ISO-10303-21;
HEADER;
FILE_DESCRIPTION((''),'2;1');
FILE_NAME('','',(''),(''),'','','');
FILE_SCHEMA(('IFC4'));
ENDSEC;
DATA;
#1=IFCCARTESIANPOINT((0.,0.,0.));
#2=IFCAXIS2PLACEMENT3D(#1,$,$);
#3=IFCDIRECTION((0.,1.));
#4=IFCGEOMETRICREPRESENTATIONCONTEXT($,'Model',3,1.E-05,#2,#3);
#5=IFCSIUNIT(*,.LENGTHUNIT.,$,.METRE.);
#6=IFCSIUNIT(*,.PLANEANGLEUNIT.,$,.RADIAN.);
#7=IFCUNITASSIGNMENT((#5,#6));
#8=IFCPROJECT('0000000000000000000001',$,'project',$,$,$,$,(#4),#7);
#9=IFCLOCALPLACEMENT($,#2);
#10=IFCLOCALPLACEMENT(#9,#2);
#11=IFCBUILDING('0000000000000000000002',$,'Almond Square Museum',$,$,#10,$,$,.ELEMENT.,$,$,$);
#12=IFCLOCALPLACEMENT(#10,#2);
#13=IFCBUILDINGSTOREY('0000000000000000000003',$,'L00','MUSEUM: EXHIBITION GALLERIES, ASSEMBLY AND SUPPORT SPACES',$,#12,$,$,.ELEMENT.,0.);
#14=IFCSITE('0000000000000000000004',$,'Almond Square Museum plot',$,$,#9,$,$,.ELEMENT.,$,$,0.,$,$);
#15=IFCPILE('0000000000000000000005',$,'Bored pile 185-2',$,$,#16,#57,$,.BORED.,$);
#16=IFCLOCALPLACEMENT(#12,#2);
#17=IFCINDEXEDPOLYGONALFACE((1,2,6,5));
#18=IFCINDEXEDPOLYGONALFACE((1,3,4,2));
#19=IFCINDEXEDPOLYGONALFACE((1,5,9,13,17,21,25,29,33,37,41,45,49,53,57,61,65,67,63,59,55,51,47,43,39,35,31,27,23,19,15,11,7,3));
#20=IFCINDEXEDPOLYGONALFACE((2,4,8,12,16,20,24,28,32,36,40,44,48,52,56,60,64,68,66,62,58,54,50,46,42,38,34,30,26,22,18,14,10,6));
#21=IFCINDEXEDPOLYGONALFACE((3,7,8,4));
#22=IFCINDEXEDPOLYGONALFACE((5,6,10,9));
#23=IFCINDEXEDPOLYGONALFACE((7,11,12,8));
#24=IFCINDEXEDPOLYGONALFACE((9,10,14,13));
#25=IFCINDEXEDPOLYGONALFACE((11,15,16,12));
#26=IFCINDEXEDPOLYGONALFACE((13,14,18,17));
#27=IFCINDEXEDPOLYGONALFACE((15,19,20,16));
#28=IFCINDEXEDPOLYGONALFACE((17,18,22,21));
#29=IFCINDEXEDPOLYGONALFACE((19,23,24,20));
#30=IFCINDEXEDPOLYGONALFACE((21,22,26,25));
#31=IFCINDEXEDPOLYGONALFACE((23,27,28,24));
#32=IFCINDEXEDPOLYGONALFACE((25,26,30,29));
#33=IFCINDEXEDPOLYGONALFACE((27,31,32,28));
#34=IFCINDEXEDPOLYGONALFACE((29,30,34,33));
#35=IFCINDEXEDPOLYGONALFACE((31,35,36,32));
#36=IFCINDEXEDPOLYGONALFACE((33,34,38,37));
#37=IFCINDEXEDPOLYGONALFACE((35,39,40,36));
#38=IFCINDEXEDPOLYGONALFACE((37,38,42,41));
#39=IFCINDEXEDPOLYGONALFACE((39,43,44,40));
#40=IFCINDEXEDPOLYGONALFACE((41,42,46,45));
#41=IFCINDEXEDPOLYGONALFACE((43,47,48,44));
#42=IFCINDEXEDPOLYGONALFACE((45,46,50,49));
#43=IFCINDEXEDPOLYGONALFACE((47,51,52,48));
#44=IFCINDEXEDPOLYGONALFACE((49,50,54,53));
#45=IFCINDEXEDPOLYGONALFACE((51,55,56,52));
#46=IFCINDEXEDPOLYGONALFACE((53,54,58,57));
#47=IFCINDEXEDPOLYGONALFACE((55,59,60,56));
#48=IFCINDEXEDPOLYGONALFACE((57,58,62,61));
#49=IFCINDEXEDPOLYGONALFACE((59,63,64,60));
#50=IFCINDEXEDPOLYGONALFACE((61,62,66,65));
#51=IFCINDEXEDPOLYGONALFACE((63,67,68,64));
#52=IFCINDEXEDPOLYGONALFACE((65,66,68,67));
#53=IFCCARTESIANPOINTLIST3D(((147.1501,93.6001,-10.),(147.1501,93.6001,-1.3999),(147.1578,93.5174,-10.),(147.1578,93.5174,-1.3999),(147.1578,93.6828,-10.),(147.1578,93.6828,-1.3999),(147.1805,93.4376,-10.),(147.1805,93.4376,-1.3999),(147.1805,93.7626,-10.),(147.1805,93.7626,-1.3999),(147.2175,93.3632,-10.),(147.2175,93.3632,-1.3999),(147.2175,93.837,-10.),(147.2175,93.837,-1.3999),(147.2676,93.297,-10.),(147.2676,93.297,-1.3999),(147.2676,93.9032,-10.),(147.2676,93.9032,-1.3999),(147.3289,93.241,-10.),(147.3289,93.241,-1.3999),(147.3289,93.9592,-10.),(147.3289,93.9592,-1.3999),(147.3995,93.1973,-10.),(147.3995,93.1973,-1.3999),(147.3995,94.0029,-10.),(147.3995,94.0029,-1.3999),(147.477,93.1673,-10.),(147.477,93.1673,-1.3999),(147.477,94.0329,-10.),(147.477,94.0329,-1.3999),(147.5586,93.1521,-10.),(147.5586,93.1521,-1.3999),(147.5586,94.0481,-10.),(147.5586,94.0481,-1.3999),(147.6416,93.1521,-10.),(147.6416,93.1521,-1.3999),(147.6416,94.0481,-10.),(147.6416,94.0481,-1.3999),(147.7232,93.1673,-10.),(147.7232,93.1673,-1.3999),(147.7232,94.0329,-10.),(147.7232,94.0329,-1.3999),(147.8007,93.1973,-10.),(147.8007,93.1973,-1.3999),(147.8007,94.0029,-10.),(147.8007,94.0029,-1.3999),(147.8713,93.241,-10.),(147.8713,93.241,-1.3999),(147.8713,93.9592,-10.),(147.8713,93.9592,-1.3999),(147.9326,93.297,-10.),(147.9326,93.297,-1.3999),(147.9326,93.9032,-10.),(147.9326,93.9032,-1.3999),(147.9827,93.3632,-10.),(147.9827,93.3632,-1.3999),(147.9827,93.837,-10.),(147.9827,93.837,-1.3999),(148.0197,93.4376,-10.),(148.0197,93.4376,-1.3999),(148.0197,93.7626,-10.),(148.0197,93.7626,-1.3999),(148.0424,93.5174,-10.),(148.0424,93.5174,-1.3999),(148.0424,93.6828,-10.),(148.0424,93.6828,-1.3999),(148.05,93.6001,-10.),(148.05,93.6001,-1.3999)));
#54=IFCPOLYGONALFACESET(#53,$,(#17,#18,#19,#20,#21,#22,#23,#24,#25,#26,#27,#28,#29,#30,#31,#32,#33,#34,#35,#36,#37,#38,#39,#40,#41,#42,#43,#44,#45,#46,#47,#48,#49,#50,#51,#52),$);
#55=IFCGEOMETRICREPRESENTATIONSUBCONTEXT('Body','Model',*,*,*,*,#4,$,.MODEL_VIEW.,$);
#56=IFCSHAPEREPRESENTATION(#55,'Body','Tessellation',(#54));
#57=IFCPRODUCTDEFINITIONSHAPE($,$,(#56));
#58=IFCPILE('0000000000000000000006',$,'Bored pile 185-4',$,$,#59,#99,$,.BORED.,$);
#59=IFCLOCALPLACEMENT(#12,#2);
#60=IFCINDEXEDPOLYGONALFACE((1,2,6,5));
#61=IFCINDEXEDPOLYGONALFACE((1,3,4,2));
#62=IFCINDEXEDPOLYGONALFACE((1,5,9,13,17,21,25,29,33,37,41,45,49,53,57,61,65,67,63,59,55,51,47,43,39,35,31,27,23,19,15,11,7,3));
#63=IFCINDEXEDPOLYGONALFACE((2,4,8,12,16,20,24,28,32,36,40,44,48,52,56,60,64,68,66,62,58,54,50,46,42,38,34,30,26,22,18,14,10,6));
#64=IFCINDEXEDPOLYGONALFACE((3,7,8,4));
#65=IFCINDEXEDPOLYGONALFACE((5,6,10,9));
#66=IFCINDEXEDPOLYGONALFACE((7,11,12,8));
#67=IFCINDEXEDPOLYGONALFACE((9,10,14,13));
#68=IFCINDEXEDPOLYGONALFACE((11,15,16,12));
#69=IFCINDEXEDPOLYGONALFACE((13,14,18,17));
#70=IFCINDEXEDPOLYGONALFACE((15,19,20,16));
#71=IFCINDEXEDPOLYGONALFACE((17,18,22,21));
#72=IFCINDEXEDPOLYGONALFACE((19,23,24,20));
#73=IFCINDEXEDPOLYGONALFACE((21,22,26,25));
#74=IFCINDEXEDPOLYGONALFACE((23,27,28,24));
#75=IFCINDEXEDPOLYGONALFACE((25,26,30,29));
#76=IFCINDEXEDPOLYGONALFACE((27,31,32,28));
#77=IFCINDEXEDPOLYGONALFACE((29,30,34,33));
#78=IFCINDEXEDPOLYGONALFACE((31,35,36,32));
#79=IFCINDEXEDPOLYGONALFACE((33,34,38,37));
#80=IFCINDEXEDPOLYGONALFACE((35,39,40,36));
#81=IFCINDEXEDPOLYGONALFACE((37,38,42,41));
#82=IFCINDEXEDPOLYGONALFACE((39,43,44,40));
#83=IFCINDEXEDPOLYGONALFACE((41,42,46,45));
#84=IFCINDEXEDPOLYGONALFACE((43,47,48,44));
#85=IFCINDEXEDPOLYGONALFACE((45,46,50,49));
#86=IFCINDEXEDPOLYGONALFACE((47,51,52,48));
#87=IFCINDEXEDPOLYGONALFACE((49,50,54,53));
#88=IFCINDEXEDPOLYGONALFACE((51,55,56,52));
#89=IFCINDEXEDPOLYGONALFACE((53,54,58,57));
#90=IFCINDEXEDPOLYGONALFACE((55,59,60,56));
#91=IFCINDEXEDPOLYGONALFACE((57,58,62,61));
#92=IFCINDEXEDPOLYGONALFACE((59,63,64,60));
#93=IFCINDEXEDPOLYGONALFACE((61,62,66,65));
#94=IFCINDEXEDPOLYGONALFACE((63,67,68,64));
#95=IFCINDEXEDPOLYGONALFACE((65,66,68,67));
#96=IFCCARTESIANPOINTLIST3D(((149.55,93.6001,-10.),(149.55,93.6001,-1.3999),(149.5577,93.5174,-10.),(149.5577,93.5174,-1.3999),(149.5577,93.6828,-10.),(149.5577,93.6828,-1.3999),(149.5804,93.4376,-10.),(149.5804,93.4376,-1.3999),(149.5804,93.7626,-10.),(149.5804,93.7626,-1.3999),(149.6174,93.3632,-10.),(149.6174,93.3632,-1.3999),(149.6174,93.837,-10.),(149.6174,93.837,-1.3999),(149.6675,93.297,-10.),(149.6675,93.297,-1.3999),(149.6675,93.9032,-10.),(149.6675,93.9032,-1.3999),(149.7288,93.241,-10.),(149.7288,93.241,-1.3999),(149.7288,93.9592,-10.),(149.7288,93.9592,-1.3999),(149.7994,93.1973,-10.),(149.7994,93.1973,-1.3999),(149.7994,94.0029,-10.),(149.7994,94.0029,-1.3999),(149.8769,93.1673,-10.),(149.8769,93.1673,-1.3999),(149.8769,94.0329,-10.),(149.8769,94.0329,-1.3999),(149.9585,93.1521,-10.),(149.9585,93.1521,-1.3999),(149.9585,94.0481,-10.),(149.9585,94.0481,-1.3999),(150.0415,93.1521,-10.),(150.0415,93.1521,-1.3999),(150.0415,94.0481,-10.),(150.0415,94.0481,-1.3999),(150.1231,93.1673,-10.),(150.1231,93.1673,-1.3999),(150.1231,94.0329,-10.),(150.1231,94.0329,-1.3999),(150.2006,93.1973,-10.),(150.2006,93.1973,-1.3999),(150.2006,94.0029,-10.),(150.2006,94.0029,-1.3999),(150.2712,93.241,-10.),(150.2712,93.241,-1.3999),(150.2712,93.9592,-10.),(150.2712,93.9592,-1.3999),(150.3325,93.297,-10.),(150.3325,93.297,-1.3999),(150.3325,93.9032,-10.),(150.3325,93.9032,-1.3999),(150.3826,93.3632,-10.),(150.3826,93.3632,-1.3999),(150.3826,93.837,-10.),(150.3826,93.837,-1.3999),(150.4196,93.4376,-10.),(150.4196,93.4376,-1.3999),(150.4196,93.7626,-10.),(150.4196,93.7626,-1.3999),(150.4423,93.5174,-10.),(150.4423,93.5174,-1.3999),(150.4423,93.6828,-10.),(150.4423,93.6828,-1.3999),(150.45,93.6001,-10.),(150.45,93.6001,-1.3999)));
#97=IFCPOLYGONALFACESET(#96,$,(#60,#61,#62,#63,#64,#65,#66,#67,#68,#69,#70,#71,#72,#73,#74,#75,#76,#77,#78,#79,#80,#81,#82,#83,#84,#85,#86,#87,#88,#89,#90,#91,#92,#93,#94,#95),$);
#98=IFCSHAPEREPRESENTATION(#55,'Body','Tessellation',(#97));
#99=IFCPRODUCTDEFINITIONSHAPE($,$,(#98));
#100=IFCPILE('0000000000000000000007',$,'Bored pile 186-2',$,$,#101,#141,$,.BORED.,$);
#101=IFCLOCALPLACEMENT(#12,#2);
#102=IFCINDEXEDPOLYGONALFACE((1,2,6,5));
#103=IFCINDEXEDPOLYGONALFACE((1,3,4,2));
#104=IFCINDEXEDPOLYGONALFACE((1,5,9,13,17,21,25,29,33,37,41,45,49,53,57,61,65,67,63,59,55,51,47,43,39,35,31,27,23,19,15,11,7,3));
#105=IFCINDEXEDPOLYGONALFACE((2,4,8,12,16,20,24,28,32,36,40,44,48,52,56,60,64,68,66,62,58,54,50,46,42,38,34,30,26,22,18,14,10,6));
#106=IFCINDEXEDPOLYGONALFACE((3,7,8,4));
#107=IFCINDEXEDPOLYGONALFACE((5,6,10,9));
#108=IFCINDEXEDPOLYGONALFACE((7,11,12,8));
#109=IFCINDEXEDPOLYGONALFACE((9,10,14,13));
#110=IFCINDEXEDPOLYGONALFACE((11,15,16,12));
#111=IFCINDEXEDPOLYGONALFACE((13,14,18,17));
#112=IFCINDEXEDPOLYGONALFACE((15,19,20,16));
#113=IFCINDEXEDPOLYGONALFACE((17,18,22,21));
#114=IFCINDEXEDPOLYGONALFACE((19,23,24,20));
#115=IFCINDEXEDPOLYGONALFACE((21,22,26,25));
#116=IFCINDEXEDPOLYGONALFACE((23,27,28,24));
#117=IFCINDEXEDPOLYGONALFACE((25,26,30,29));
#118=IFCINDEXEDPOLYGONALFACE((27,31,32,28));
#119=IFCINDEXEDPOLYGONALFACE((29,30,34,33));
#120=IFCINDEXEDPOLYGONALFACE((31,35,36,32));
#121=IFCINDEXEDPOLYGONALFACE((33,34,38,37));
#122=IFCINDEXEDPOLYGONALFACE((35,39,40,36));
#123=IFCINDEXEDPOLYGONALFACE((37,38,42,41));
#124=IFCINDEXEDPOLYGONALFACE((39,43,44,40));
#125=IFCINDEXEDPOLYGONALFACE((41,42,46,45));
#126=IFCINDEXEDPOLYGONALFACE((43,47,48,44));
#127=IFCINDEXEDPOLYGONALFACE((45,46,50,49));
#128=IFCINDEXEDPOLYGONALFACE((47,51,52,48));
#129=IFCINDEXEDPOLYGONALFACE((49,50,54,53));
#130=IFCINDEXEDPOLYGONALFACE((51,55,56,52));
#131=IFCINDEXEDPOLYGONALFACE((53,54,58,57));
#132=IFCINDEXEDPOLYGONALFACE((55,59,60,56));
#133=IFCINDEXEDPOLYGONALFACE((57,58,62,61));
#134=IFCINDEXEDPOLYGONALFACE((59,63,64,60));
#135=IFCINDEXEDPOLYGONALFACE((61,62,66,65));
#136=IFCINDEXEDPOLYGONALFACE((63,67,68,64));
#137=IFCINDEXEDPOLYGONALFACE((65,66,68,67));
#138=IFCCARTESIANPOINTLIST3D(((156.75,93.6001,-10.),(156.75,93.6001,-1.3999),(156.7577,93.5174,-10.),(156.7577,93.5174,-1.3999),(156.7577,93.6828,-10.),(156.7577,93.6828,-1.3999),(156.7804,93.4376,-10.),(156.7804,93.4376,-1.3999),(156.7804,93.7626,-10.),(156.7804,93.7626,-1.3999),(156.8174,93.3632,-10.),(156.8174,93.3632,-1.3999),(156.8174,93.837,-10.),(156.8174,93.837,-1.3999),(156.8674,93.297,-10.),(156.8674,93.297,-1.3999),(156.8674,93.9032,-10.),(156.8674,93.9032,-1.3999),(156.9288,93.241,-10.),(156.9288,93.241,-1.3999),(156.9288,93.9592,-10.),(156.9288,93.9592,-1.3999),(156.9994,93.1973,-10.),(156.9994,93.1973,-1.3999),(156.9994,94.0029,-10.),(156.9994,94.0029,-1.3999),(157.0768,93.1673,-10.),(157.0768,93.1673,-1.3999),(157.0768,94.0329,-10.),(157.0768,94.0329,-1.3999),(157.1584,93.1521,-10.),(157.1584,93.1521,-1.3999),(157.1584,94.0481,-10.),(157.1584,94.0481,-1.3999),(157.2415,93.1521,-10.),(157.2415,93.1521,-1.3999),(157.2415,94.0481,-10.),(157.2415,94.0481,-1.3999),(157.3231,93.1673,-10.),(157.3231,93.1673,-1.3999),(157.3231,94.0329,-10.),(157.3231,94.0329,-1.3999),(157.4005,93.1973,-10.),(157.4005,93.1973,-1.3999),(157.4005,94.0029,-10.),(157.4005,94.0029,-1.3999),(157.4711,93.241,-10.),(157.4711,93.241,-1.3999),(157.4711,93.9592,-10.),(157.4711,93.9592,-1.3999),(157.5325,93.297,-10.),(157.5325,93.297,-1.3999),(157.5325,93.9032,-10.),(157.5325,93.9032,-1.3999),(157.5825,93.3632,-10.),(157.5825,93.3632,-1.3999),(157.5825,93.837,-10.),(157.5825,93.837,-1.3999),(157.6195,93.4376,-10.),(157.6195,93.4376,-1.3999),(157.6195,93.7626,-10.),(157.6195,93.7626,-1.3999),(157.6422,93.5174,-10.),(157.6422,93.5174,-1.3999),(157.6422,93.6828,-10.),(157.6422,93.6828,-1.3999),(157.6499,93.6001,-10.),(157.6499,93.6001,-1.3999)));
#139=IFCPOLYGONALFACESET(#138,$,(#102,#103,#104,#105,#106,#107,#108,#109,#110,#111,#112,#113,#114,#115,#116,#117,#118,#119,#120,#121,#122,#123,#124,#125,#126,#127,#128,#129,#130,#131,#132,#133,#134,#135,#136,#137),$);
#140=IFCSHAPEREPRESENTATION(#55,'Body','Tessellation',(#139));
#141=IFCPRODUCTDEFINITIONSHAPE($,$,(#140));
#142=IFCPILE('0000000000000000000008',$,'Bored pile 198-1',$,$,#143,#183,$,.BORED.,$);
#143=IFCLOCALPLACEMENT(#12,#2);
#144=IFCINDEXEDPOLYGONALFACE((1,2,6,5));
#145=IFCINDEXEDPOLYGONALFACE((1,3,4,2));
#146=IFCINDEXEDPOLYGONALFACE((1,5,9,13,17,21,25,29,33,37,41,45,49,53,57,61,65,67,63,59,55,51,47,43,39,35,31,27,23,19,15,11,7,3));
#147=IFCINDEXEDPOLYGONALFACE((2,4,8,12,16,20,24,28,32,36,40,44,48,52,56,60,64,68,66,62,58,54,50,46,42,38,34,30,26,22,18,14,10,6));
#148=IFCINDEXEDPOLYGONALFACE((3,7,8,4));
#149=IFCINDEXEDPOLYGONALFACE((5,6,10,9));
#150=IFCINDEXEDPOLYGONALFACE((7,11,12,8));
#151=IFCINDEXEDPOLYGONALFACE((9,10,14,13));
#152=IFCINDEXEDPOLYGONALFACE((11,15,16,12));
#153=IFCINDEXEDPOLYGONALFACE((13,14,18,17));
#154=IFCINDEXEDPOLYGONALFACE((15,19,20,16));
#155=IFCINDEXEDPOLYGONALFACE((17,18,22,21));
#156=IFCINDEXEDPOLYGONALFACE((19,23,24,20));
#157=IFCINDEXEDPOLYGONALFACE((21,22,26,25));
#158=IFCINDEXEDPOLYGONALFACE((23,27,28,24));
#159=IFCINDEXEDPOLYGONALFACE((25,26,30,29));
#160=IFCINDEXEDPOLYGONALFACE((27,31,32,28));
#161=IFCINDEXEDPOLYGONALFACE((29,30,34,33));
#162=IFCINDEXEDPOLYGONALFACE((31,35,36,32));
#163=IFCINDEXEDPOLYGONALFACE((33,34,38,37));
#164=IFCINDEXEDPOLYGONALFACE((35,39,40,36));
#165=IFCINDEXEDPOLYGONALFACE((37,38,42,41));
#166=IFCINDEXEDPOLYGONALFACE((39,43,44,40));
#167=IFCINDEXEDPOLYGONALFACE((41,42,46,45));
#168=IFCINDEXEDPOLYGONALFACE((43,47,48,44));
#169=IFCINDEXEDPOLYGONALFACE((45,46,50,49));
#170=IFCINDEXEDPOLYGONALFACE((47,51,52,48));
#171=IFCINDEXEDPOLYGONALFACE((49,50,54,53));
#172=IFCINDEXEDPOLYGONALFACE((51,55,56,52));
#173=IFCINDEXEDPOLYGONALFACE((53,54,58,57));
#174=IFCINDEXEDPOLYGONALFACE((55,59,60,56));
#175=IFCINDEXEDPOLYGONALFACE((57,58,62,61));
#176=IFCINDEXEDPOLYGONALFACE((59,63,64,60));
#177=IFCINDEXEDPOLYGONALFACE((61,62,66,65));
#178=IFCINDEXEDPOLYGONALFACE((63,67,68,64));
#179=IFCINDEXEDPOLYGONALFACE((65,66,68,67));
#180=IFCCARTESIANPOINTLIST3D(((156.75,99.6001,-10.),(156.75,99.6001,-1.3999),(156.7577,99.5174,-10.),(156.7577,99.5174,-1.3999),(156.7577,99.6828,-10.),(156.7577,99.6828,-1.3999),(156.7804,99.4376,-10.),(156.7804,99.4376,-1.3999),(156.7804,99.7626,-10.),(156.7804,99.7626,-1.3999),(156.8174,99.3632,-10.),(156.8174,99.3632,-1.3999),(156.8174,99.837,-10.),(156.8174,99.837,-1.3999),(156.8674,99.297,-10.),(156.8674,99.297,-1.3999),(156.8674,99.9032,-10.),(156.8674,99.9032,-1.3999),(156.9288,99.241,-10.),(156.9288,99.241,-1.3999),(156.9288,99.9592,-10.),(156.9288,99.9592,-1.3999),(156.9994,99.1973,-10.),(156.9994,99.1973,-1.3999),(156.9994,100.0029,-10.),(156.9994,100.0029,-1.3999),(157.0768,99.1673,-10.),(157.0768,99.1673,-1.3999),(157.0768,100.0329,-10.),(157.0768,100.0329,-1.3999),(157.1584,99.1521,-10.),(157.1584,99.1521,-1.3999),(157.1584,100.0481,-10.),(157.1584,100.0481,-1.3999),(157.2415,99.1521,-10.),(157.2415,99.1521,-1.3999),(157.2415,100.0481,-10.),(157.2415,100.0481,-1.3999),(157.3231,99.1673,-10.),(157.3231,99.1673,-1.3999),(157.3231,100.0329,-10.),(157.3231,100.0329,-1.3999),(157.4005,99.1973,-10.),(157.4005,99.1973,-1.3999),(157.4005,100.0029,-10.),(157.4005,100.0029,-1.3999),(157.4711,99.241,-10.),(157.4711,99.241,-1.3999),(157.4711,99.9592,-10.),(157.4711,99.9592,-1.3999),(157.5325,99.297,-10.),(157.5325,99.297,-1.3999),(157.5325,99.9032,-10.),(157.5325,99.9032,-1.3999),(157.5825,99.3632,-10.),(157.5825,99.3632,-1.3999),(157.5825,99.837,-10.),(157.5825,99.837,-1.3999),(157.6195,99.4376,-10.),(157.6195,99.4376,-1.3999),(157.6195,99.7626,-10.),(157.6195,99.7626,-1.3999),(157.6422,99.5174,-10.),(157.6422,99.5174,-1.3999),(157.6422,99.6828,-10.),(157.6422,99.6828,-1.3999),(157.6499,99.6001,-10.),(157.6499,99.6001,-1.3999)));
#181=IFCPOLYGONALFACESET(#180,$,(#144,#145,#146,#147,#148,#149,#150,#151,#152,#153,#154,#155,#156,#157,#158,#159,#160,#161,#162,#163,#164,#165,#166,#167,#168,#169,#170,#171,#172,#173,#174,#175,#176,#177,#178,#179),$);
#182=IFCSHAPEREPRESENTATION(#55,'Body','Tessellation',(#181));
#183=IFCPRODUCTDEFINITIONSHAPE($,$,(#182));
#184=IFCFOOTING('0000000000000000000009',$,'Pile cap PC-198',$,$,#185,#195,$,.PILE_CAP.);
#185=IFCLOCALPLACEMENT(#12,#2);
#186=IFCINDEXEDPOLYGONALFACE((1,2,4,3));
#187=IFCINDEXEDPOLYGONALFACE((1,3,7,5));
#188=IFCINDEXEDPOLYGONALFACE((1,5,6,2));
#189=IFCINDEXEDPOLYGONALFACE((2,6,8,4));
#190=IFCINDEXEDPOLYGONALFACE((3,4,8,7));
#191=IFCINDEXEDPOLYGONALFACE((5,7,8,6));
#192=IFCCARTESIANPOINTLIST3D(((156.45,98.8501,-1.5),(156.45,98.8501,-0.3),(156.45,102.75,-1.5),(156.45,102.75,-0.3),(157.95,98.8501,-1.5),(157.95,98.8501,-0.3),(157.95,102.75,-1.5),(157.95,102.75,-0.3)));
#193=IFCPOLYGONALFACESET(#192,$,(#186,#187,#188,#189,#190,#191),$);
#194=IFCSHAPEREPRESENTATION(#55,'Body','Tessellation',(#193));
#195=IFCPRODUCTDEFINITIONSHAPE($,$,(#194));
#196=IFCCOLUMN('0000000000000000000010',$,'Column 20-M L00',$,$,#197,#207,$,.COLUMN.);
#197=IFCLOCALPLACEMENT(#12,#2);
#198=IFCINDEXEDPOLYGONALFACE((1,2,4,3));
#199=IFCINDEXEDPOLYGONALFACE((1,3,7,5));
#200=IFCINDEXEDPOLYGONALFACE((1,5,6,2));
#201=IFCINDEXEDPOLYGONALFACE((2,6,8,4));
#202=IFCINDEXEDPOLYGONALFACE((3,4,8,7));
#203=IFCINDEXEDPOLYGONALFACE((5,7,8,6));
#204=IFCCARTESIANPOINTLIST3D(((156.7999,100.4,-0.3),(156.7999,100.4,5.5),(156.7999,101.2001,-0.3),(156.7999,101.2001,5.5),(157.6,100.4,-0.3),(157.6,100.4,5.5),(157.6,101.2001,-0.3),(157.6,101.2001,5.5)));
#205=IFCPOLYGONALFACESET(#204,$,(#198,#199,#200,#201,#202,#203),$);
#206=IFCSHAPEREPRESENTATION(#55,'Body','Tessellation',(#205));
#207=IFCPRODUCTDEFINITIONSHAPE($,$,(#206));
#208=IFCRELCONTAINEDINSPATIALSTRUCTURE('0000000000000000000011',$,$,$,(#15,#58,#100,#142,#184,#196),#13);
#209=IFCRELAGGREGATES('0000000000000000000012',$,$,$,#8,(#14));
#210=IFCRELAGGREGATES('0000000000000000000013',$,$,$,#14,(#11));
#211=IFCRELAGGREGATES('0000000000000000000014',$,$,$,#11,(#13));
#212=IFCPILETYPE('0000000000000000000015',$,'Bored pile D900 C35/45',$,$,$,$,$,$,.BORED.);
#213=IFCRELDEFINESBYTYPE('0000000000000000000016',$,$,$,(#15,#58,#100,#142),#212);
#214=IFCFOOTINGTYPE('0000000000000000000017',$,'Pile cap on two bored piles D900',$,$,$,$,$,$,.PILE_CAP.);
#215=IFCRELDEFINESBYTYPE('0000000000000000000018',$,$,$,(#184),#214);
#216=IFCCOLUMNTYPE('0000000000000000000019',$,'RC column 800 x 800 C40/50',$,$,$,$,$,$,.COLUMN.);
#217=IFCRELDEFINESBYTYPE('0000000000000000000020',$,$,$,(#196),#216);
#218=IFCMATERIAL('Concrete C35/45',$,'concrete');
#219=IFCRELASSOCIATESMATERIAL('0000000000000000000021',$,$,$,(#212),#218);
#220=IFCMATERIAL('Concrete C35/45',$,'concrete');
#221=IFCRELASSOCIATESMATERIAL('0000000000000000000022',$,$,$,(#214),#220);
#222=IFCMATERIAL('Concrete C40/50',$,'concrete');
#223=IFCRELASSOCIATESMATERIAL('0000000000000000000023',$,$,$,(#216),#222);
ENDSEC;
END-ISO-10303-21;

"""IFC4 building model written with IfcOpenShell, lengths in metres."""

from ifc_helpers import new_model, si_unit, direction, frame, origin, origin_2d, place, context, subcontext, project, spatial, rectangle, circle, extrude, material, material_profile, profile_set, type_object, element, save


model = new_model("IFC4")

# Units and contexts
model_context = context("Model", 3, precision=1e-05, world=origin(), true_north=direction((0.0, 1.0)))
body_context = subcontext(model_context, "Body", "Model", "MODEL_VIEW")
ifc_project = project(units=[si_unit("LENGTHUNIT", "METRE"), si_unit("PLANEANGLEUNIT", "RADIAN")], contexts=[model_context])

# Site, building, storey
site_placement = place(None, origin())
site = spatial("IfcSite", under=ifc_project, at=site_placement, Name="Almond Square Museum plot", CompositionType="ELEMENT", RefElevation=0.0)
building_placement = place(site_placement, origin())
building = spatial("IfcBuilding", under=site, at=building_placement, Name="Almond Square Museum", CompositionType="ELEMENT")
storey_placement = place(building_placement, origin())
storey = spatial("IfcBuildingStorey", under=building, at=storey_placement, Name="L00", Description="MUSEUM: EXHIBITION GALLERIES, ASSEMBLY AND SUPPORT SPACES", CompositionType="ELEMENT", Elevation=0.0)

# Piles
ifc_material_1 = material(Name="Concrete C35/45", Category="concrete")
ifc_material_profile_1 = material_profile(ifc_material_1, circle(Radius=0.45, at=origin_2d()))
ifc_profile_set_1 = profile_set([ifc_material_profile_1], Name="Concrete C35/45")
pile_type = type_object("IfcPileType", Name="Bored pile D900 C35/45", PredefinedType="BORED", material=ifc_profile_set_1)
for number, where, z_axis, x_axis, name in (
    (1, (147.6001, 93.6001, -1.3999), (0.0, 0.0, -1.0), (1.0, 0.0, 0.0), "Bored pile 185-2"),
    (2, (150.0, 93.6001, -1.3999), (0.0, 0.0, -1.0), (1.0, 0.0, 0.0), "Bored pile 185-4"),
    (3, (157.2, 93.6001, -1.3999), (0.0, 0.0, -1.0), (1.0, 0.0, 0.0), "Bored pile 186-2"),
    (4, (157.2, 99.6001, -1.3999), (0.0, 0.0, -1.0), (1.0, 0.0, 0.0), "Bored pile 198-1"),
):
    element("IfcPile", number, at=place(storey_placement, frame(where, z_axis=z_axis, x_axis=x_axis)), inside=storey, type_object=pile_type, Name=name, PredefinedType="BORED", context=body_context, shape_type="SweptSolid", body=[
        extrude(circle(Radius=0.45, at=origin_2d()), origin(), (0.0, 0.0, 1.0), 8.6001),
    ])

# Footing
ifc_material_2 = material(Name="Concrete C35/45", Category="concrete")
footing_type = type_object("IfcFootingType", Name="Pile cap on two bored piles D900", PredefinedType="PILE_CAP", material=ifc_material_2)
footing_placement = place(storey_placement, frame((157.2, 100.8, -1.5), z_axis=(0.0, 0.0, 1.0), x_axis=(1.0, 0.0, 0.0)))
element("IfcFooting", 5, at=footing_placement, inside=storey, type_object=footing_type, Name="Pile cap PC-198", PredefinedType="PILE_CAP", context=body_context, shape_type="SweptSolid", body=[
    extrude(rectangle(XDim=1.5, YDim=3.8999, at=origin_2d()), origin(), (0.0, 0.0, 1.0), 1.2),
])

# Column
ifc_material_3 = material(Name="Concrete C40/50", Category="concrete")
ifc_material_profile_2 = material_profile(ifc_material_3, rectangle(XDim=0.8, YDim=0.8, at=origin_2d()))
ifc_profile_set_2 = profile_set([ifc_material_profile_2], Name="Concrete C40/50")
column_type = type_object("IfcColumnType", Name="RC column 800 x 800 C40/50", PredefinedType="COLUMN", material=ifc_profile_set_2)
column_placement = place(storey_placement, frame((157.2, 100.8, -0.3), z_axis=(0.0, 0.0, 1.0), x_axis=(1.0, 0.0, 0.0)))
element("IfcColumn", 6, at=column_placement, inside=storey, type_object=column_type, Name="Column 20-M L00", PredefinedType="COLUMN", context=body_context, shape_type="SweptSolid", body=[
    extrude(rectangle(XDim=0.8, YDim=0.8, at=origin_2d()), origin(), (0.0, 0.0, 1.0), 5.8),
])

save(model, "model.ifc")
